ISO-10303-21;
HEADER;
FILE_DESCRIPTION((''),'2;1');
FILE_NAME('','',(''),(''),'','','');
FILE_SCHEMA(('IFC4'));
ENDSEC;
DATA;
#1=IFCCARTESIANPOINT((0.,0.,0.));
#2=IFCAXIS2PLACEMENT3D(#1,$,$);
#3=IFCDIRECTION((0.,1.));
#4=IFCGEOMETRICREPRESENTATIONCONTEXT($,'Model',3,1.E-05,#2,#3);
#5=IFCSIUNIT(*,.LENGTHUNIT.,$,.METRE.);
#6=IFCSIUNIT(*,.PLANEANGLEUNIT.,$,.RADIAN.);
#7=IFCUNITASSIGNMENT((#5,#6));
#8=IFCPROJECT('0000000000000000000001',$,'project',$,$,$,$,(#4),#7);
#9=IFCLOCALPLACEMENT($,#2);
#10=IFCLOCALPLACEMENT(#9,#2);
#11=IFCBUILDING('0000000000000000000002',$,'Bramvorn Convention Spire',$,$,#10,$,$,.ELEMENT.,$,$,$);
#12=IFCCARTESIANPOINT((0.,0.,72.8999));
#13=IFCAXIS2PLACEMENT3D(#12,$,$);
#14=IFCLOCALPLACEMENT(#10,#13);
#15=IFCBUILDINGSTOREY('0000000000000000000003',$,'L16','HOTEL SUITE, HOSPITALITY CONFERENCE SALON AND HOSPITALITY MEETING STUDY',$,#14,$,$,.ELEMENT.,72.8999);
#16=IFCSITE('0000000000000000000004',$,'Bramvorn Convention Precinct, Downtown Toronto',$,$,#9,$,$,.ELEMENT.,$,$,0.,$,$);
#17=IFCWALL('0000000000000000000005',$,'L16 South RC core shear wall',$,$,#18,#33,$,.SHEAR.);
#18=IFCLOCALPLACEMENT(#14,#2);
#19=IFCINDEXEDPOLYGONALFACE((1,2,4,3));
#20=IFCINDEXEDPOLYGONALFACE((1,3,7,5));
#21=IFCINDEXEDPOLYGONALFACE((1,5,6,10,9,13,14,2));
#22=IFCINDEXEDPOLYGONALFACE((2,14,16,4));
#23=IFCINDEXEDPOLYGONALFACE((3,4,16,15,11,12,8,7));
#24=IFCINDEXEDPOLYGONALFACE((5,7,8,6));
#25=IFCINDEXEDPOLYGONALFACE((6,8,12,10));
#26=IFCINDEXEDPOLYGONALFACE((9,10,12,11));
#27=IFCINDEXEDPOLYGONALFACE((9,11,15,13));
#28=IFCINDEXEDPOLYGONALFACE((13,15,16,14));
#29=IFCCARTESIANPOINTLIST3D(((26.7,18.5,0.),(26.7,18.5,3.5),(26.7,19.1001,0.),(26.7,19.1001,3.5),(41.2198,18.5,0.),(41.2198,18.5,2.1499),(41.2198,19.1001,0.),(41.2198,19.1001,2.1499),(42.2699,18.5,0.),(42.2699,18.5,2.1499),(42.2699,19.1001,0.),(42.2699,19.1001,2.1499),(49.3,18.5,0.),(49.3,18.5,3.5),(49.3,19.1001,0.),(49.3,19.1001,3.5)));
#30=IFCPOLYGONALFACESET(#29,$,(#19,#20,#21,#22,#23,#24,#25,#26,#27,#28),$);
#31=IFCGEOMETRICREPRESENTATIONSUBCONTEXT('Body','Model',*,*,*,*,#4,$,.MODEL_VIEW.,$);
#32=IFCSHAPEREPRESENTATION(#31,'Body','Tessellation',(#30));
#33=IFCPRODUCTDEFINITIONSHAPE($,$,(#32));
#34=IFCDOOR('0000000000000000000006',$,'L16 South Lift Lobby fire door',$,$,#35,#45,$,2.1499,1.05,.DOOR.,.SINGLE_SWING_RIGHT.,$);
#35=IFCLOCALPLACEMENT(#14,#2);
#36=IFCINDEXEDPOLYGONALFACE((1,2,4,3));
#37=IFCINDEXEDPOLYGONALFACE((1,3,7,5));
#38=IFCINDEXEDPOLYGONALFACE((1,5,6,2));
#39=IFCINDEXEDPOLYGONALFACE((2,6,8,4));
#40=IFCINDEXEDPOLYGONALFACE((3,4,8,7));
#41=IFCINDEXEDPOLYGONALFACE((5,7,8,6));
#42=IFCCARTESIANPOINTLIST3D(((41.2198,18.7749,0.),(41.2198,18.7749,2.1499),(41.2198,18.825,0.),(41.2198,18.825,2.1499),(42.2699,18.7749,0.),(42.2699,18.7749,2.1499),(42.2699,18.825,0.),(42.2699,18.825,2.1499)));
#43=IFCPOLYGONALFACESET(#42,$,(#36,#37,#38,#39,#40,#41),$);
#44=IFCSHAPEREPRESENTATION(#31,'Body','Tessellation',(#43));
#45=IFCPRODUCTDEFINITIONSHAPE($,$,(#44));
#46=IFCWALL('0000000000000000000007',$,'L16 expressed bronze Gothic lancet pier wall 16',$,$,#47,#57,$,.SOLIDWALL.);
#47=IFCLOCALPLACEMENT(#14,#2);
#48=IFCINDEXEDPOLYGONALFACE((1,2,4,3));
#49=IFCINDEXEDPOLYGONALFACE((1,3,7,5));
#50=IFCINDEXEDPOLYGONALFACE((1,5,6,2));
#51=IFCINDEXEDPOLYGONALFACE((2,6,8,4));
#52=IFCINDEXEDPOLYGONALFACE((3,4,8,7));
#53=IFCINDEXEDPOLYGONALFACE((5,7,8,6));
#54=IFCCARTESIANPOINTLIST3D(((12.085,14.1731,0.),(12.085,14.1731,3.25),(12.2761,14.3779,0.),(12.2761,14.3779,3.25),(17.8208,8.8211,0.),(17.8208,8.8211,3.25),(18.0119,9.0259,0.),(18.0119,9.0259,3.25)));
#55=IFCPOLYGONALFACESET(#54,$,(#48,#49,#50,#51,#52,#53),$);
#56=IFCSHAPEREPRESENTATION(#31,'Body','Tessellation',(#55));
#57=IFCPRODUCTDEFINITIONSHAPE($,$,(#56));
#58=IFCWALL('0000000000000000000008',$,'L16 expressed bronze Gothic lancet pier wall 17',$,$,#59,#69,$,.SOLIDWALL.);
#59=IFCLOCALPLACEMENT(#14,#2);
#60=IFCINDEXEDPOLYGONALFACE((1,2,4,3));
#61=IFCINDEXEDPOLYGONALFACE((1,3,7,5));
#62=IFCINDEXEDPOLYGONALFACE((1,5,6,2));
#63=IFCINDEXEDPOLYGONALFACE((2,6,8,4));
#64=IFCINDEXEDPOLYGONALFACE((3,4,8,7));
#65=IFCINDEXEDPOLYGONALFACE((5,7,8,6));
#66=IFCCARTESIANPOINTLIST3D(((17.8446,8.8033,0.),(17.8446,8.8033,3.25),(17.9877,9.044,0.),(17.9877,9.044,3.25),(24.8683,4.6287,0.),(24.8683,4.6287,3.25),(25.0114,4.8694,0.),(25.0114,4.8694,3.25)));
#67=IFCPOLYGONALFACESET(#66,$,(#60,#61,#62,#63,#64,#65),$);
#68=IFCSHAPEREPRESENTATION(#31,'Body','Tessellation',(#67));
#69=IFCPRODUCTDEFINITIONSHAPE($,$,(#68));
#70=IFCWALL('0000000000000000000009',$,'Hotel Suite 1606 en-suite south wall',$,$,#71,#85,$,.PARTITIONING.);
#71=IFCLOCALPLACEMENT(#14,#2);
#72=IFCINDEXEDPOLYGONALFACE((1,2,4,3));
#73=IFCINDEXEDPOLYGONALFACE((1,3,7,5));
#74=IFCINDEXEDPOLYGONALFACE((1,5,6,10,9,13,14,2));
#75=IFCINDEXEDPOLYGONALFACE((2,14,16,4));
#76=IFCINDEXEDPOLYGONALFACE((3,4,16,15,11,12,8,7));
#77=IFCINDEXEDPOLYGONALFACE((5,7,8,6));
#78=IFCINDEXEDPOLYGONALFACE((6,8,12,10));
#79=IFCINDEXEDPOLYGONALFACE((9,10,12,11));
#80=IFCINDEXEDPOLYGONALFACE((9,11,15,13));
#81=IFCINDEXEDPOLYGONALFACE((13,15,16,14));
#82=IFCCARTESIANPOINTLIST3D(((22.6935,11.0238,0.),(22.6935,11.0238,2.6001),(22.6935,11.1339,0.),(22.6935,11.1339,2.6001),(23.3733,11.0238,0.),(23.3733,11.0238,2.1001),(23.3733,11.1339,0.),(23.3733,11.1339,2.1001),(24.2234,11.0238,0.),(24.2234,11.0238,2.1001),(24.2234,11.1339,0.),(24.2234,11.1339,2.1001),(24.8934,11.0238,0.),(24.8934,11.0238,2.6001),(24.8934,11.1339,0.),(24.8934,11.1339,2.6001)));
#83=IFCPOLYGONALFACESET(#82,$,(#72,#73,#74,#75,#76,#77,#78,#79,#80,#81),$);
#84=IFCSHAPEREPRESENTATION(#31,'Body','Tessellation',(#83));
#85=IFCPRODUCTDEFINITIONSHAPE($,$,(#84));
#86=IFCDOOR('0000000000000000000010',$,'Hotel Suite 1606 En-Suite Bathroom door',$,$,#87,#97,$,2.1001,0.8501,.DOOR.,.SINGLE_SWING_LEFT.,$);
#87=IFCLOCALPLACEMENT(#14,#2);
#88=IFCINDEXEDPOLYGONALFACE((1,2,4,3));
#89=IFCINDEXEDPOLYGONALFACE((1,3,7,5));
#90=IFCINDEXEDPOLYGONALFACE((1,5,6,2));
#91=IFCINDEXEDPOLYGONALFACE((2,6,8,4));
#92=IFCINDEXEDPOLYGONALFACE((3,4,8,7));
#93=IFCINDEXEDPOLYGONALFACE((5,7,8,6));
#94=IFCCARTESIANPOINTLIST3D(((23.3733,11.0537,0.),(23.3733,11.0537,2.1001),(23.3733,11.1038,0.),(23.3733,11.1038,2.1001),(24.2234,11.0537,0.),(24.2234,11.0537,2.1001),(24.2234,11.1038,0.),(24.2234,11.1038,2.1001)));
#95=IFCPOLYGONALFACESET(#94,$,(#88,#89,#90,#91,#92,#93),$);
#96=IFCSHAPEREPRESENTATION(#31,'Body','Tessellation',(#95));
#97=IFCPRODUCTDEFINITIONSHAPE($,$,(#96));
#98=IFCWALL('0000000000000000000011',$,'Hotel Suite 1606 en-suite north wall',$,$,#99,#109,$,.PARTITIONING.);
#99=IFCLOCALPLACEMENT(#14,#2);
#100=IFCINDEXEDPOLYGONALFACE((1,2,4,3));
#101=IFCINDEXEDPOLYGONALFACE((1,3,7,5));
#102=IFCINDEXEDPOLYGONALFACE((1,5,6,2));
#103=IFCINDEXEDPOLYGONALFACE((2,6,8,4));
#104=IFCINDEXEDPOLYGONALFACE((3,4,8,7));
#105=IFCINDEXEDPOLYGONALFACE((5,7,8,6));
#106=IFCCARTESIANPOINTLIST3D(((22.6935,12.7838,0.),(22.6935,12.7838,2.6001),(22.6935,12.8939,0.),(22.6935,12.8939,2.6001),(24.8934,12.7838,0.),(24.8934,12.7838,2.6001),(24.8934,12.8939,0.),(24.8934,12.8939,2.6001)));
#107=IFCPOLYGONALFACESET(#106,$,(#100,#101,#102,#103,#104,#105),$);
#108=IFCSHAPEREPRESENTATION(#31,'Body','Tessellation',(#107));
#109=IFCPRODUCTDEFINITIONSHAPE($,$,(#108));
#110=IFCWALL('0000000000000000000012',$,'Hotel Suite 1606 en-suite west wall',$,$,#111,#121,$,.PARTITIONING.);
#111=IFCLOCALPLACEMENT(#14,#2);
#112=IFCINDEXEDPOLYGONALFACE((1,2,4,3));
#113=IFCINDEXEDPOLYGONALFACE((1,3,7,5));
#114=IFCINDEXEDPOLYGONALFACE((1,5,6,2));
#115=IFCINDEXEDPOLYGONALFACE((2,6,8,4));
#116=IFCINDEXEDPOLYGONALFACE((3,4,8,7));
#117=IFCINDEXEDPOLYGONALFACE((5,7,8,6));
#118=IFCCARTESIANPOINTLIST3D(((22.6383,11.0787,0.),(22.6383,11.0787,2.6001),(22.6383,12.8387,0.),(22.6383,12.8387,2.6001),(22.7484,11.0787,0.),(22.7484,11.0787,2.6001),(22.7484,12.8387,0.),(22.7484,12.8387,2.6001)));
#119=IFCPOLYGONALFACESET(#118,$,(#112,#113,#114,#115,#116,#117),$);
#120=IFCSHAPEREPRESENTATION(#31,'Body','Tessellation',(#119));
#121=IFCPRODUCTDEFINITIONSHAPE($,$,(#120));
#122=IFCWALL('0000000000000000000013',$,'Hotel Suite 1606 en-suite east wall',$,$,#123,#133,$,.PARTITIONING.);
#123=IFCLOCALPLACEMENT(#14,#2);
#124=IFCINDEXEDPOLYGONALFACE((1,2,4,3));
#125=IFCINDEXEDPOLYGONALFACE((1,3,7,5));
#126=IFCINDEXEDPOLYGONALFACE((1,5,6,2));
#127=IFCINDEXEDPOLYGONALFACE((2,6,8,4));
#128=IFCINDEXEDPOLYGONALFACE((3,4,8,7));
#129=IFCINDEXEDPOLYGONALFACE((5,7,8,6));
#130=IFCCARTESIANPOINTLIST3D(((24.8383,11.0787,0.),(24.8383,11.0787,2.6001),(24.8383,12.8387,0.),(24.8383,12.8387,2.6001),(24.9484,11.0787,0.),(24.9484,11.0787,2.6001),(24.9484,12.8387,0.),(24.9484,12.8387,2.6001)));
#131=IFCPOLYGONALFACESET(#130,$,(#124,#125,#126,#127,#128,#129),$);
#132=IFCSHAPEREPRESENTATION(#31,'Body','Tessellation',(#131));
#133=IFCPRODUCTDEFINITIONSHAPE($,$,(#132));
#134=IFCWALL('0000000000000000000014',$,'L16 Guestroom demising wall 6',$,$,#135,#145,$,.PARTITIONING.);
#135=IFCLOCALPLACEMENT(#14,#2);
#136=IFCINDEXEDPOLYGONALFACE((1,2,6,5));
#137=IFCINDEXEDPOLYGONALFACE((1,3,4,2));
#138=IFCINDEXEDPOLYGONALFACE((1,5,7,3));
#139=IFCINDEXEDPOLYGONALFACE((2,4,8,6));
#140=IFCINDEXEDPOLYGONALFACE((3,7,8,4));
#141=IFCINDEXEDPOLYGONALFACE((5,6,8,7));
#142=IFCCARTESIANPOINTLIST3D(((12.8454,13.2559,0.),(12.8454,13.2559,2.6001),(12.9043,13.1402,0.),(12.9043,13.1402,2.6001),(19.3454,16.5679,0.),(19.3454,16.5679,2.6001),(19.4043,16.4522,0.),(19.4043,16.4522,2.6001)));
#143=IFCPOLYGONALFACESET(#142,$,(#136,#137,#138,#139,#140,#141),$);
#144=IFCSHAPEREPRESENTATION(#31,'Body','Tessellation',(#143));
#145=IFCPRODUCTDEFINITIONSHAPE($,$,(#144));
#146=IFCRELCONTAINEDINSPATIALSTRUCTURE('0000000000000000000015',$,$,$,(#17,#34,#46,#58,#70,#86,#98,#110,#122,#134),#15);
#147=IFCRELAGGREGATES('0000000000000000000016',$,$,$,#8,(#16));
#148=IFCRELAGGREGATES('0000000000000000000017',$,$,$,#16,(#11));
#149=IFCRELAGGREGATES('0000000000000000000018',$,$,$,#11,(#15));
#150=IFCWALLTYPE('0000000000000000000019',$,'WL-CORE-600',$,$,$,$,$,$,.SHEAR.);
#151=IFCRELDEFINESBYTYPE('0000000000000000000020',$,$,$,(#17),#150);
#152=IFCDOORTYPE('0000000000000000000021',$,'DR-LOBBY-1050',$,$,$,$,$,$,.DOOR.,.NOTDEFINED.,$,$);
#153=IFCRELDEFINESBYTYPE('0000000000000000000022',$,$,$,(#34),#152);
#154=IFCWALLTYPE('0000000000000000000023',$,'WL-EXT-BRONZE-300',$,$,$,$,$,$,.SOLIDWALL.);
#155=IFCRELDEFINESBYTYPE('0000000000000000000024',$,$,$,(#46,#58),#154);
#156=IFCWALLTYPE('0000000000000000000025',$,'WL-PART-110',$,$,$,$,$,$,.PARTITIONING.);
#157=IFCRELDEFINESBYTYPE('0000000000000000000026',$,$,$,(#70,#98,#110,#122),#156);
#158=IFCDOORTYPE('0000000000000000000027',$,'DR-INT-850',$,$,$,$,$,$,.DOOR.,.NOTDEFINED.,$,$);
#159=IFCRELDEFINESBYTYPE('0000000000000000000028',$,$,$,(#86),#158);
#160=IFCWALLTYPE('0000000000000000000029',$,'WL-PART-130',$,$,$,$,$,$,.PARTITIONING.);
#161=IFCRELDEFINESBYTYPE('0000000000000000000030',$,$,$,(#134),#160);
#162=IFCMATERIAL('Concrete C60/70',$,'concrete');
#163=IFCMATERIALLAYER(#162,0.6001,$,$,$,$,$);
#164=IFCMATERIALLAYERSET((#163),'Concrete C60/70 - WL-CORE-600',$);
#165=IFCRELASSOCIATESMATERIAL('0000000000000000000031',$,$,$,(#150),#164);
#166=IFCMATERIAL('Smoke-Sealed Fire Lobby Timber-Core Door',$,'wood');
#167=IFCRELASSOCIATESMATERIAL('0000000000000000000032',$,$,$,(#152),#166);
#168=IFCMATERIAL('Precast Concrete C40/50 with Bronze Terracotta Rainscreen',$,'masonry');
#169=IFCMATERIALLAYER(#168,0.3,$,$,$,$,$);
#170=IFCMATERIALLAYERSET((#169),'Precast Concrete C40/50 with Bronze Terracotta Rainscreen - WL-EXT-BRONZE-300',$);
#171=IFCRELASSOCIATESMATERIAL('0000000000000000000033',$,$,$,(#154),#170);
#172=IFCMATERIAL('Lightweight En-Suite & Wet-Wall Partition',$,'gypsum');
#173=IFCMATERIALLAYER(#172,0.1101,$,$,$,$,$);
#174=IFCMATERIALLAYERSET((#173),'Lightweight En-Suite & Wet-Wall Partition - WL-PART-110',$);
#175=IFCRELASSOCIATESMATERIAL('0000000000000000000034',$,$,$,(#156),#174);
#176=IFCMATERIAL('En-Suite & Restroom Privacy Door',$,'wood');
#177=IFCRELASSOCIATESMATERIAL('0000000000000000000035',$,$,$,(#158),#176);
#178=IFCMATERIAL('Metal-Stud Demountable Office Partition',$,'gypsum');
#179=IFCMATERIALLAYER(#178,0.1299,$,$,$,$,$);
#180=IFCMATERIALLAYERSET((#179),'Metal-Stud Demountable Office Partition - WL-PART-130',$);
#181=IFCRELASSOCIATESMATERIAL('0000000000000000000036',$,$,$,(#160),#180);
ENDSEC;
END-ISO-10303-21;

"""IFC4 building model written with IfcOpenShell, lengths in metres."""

from ifc_helpers import new_model, si_unit, direction, frame, frame_2d, origin, place, context, subcontext, project, spatial, rectangle, extrude, material, layer, layer_set, type_object, element, fill, save


model = new_model("IFC4")

# Units and contexts
model_context = context("Model", 3, precision=1e-05, world=origin(), true_north=direction((0.0, 1.0)))
body_context = subcontext(model_context, "Body", "Model", "MODEL_VIEW")
ifc_project = project(units=[si_unit("LENGTHUNIT", "METRE"), si_unit("PLANEANGLEUNIT", "RADIAN")], contexts=[model_context])

# Site, building, storey
site_placement = place(None, origin())
site = spatial("IfcSite", under=ifc_project, at=site_placement, Name="Bramvorn Convention Precinct, Downtown Toronto", CompositionType="ELEMENT", RefElevation=0.0)
building_placement = place(site_placement, origin())
building = spatial("IfcBuilding", under=site, at=building_placement, Name="Bramvorn Convention Spire", CompositionType="ELEMENT")
storey_placement = place(building_placement, frame((0.0, 0.0, 72.8999)))
storey = spatial("IfcBuildingStorey", under=building, at=storey_placement, Name="L16", Description="HOTEL SUITE, HOSPITALITY CONFERENCE SALON AND HOSPITALITY MEETING STUDY", CompositionType="ELEMENT", Elevation=72.8999)

# Wall, opening, door
ifc_material_1 = material(Name="Concrete C60/70", Category="concrete")
ifc_layer_1 = layer(ifc_material_1, 0.6001)
ifc_layer_set_1 = layer_set([ifc_layer_1], Name="Concrete C60/70 - WL-CORE-600")
wall_type_1 = type_object("IfcWallType", Name="WL-CORE-600", PredefinedType="SHEAR", material=ifc_layer_set_1)
wall_1_placement = place(storey_placement, frame((26.7, 18.8, 0.0), z_axis=(0.0, 0.0, 1.0), x_axis=(1.0, 0.0, 0.0)))
wall_1 = element("IfcWall", 1, at=wall_1_placement, inside=storey, type_object=wall_type_1, Name="L16 South RC core shear wall", PredefinedType="SHEAR", context=body_context, shape_type="SweptSolid", body=[
    extrude(rectangle(XDim=22.6001, YDim=0.6001, at=frame_2d((11.3, 0.0))), origin(), (0.0, 0.0, 1.0), 3.5),
])
opening_1_placement = place(wall_1_placement, frame((14.52, 0.0, 0.0)))
opening_1 = element("IfcOpeningElement", 2, at=opening_1_placement, cuts=wall_1, PredefinedType="OPENING", context=body_context, shape_type="SweptSolid", body=[
    extrude(rectangle(XDim=1.05, YDim=2.1499, at=frame_2d((0.5249, 1.075))), frame((0.0, 0.3101, 0.0), z_axis=(0.0, -1.0, 0.0), x_axis=(1.0, 0.0, 0.0)), (0.0, 0.0, 1.0), 0.6201),
])
ifc_material_2 = material(Name="Smoke-Sealed Fire Lobby Timber-Core Door", Category="wood")
door_type_1 = type_object("IfcDoorType", Name="DR-LOBBY-1050", OperationType="NOTDEFINED", PredefinedType="DOOR", material=ifc_material_2)
door_1_placement = place(opening_1_placement, origin())
door_1 = element("IfcDoor", 3, at=door_1_placement, inside=storey, type_object=door_type_1, Name="L16 South Lift Lobby fire door", OperationType="SINGLE_SWING_RIGHT", OverallHeight=2.1499, OverallWidth=1.05, PredefinedType="DOOR", context=body_context, shape_type="SweptSolid", body=[
    extrude(rectangle(XDim=1.05, YDim=2.1499, at=frame_2d((0.5249, 1.075))), frame((0.0, 0.0249, 0.0), z_axis=(0.0, -1.0, 0.0), x_axis=(1.0, 0.0, 0.0)), (0.0, 0.0, 1.0), 0.05),
])
fill(opening_1, door_1)

# Walls
ifc_material_3 = material(Name="Precast Concrete C40/50 with Bronze Terracotta Rainscreen", Category="masonry")
ifc_layer_2 = layer(ifc_material_3, 0.3)
ifc_layer_set_2 = layer_set([ifc_layer_2], Name="Precast Concrete C40/50 with Bronze Terracotta Rainscreen - WL-EXT-BRONZE-300")
wall_type_2 = type_object("IfcWallType", Name="WL-EXT-BRONZE-300", PredefinedType="SOLIDWALL", material=ifc_layer_set_2)
wall_2_placement = place(storey_placement, frame((17.9163, 8.9236, 0.0), z_axis=(0.0, 0.0, 1.0), x_axis=(-0.731144, 0.682223, 0.0)))
element("IfcWall", 4, at=wall_2_placement, inside=storey, type_object=wall_type_2, Name="L16 expressed bronze Gothic lancet pier wall 16", PredefinedType="SOLIDWALL", context=body_context, shape_type="SweptSolid", body=[
    extrude(rectangle(XDim=7.845, YDim=0.28, at=frame_2d((3.9224, 0.0))), origin(), (0.0, 0.0, 1.0), 3.25),
])
wall_3_placement = place(storey_placement, frame((24.9399, 4.749, 0.0), z_axis=(0.0, 0.0, 1.0), x_axis=(-0.859626, 0.510923, 0.0)))
element("IfcWall", 5, at=wall_3_placement, inside=storey, type_object=wall_type_2, Name="L16 expressed bronze Gothic lancet pier wall 17", PredefinedType="SOLIDWALL", context=body_context, shape_type="SweptSolid", body=[
    extrude(rectangle(XDim=8.1707, YDim=0.28, at=frame_2d((4.0854, 0.0))), origin(), (0.0, 0.0, 1.0), 3.25),
])

# Wall, opening, door
ifc_material_4 = material(Name="Lightweight En-Suite & Wet-Wall Partition", Category="gypsum")
ifc_layer_3 = layer(ifc_material_4, 0.1101)
ifc_layer_set_3 = layer_set([ifc_layer_3], Name="Lightweight En-Suite & Wet-Wall Partition - WL-PART-110")
wall_type_3 = type_object("IfcWallType", Name="WL-PART-110", PredefinedType="PARTITIONING", material=ifc_layer_set_3)
wall_4_placement = place(storey_placement, frame((22.6934, 11.0789, 0.0), z_axis=(0.0, 0.0, 1.0), x_axis=(1.0, 0.0, 0.0)))
wall_4 = element("IfcWall", 6, at=wall_4_placement, inside=storey, type_object=wall_type_3, Name="Hotel Suite 1606 en-suite south wall", PredefinedType="PARTITIONING", context=body_context, shape_type="SweptSolid", body=[
    extrude(rectangle(XDim=2.2, YDim=0.1101, at=frame_2d((1.1001, 0.0))), origin(), (0.0, 0.0, 1.0), 2.6001),
])
opening_2_placement = place(wall_4_placement, frame((0.6799, 0.0, 0.0)))
opening_2 = element("IfcOpeningElement", 7, at=opening_2_placement, cuts=wall_4, PredefinedType="OPENING", context=body_context, shape_type="SweptSolid", body=[
    extrude(rectangle(XDim=0.8501, YDim=2.1001, at=frame_2d((0.425, 1.05))), frame((0.0, 0.0649, 0.0), z_axis=(0.0, -1.0, 0.0), x_axis=(1.0, 0.0, 0.0)), (0.0, 0.0, 1.0), 0.1301),
])
ifc_material_5 = material(Name="En-Suite & Restroom Privacy Door", Category="wood")
door_type_2 = type_object("IfcDoorType", Name="DR-INT-850", OperationType="NOTDEFINED", PredefinedType="DOOR", material=ifc_material_5)
door_2_placement = place(opening_2_placement, origin())
door_2 = element("IfcDoor", 8, at=door_2_placement, inside=storey, type_object=door_type_2, Name="Hotel Suite 1606 En-Suite Bathroom door", OperationType="SINGLE_SWING_LEFT", OverallHeight=2.1001, OverallWidth=0.8501, PredefinedType="DOOR", context=body_context, shape_type="SweptSolid", body=[
    extrude(rectangle(XDim=0.8501, YDim=2.1001, at=frame_2d((0.425, 1.05))), frame((0.0, 0.0249, 0.0), z_axis=(0.0, -1.0, 0.0), x_axis=(1.0, 0.0, 0.0)), (0.0, 0.0, 1.0), 0.05),
])
fill(opening_2, door_2)

# Walls
wall_5_placement = place(storey_placement, frame((22.6934, 12.8389, 0.0), z_axis=(0.0, 0.0, 1.0), x_axis=(1.0, 0.0, 0.0)))
element("IfcWall", 9, at=wall_5_placement, inside=storey, type_object=wall_type_3, Name="Hotel Suite 1606 en-suite north wall", PredefinedType="PARTITIONING", context=body_context, shape_type="SweptSolid", body=[
    extrude(rectangle(XDim=2.2, YDim=0.1101, at=frame_2d((1.1001, 0.0))), origin(), (0.0, 0.0, 1.0), 2.6001),
])
for number, where, z_axis, x_axis, name in (
    (10, (22.6934, 11.0789, 0.0), (0.0, 0.0, 1.0), (0.0, 1.0, 0.0), "Hotel Suite 1606 en-suite west wall"),
    (11, (24.8933, 11.0789, 0.0), (0.0, 0.0, 1.0), (0.0, 1.0, 0.0), "Hotel Suite 1606 en-suite east wall"),
):
    element("IfcWall", number, at=place(storey_placement, frame(where, z_axis=z_axis, x_axis=x_axis)), inside=storey, type_object=wall_type_3, Name=name, PredefinedType="PARTITIONING", context=body_context, shape_type="SweptSolid", body=[
        extrude(rectangle(XDim=1.76, YDim=0.1101, at=frame_2d((0.8799, 0.0))), origin(), (0.0, 0.0, 1.0), 2.6001),
    ])
ifc_material_6 = material(Name="Metal-Stud Demountable Office Partition", Category="gypsum")
ifc_layer_4 = layer(ifc_material_6, 0.1299)
ifc_layer_set_4 = layer_set([ifc_layer_4], Name="Metal-Stud Demountable Office Partition - WL-PART-130")
wall_type_4 = type_object("IfcWallType", Name="WL-PART-130", PredefinedType="PARTITIONING", material=ifc_layer_set_4)
wall_6_placement = place(storey_placement, frame((19.3748, 16.51, 0.0), z_axis=(0.0, 0.0, 1.0), x_axis=(-0.891001, -0.454001, 0.0)))
element("IfcWall", 12, at=wall_6_placement, inside=storey, type_object=wall_type_4, Name="L16 Guestroom demising wall 6", PredefinedType="PARTITIONING", context=body_context, shape_type="SweptSolid", body=[
    extrude(rectangle(XDim=7.2952, YDim=0.1299, at=frame_2d((3.6475, 0.0))), origin(), (0.0, 0.0, 1.0), 2.6001),
])

save(model, "model.ifc")
